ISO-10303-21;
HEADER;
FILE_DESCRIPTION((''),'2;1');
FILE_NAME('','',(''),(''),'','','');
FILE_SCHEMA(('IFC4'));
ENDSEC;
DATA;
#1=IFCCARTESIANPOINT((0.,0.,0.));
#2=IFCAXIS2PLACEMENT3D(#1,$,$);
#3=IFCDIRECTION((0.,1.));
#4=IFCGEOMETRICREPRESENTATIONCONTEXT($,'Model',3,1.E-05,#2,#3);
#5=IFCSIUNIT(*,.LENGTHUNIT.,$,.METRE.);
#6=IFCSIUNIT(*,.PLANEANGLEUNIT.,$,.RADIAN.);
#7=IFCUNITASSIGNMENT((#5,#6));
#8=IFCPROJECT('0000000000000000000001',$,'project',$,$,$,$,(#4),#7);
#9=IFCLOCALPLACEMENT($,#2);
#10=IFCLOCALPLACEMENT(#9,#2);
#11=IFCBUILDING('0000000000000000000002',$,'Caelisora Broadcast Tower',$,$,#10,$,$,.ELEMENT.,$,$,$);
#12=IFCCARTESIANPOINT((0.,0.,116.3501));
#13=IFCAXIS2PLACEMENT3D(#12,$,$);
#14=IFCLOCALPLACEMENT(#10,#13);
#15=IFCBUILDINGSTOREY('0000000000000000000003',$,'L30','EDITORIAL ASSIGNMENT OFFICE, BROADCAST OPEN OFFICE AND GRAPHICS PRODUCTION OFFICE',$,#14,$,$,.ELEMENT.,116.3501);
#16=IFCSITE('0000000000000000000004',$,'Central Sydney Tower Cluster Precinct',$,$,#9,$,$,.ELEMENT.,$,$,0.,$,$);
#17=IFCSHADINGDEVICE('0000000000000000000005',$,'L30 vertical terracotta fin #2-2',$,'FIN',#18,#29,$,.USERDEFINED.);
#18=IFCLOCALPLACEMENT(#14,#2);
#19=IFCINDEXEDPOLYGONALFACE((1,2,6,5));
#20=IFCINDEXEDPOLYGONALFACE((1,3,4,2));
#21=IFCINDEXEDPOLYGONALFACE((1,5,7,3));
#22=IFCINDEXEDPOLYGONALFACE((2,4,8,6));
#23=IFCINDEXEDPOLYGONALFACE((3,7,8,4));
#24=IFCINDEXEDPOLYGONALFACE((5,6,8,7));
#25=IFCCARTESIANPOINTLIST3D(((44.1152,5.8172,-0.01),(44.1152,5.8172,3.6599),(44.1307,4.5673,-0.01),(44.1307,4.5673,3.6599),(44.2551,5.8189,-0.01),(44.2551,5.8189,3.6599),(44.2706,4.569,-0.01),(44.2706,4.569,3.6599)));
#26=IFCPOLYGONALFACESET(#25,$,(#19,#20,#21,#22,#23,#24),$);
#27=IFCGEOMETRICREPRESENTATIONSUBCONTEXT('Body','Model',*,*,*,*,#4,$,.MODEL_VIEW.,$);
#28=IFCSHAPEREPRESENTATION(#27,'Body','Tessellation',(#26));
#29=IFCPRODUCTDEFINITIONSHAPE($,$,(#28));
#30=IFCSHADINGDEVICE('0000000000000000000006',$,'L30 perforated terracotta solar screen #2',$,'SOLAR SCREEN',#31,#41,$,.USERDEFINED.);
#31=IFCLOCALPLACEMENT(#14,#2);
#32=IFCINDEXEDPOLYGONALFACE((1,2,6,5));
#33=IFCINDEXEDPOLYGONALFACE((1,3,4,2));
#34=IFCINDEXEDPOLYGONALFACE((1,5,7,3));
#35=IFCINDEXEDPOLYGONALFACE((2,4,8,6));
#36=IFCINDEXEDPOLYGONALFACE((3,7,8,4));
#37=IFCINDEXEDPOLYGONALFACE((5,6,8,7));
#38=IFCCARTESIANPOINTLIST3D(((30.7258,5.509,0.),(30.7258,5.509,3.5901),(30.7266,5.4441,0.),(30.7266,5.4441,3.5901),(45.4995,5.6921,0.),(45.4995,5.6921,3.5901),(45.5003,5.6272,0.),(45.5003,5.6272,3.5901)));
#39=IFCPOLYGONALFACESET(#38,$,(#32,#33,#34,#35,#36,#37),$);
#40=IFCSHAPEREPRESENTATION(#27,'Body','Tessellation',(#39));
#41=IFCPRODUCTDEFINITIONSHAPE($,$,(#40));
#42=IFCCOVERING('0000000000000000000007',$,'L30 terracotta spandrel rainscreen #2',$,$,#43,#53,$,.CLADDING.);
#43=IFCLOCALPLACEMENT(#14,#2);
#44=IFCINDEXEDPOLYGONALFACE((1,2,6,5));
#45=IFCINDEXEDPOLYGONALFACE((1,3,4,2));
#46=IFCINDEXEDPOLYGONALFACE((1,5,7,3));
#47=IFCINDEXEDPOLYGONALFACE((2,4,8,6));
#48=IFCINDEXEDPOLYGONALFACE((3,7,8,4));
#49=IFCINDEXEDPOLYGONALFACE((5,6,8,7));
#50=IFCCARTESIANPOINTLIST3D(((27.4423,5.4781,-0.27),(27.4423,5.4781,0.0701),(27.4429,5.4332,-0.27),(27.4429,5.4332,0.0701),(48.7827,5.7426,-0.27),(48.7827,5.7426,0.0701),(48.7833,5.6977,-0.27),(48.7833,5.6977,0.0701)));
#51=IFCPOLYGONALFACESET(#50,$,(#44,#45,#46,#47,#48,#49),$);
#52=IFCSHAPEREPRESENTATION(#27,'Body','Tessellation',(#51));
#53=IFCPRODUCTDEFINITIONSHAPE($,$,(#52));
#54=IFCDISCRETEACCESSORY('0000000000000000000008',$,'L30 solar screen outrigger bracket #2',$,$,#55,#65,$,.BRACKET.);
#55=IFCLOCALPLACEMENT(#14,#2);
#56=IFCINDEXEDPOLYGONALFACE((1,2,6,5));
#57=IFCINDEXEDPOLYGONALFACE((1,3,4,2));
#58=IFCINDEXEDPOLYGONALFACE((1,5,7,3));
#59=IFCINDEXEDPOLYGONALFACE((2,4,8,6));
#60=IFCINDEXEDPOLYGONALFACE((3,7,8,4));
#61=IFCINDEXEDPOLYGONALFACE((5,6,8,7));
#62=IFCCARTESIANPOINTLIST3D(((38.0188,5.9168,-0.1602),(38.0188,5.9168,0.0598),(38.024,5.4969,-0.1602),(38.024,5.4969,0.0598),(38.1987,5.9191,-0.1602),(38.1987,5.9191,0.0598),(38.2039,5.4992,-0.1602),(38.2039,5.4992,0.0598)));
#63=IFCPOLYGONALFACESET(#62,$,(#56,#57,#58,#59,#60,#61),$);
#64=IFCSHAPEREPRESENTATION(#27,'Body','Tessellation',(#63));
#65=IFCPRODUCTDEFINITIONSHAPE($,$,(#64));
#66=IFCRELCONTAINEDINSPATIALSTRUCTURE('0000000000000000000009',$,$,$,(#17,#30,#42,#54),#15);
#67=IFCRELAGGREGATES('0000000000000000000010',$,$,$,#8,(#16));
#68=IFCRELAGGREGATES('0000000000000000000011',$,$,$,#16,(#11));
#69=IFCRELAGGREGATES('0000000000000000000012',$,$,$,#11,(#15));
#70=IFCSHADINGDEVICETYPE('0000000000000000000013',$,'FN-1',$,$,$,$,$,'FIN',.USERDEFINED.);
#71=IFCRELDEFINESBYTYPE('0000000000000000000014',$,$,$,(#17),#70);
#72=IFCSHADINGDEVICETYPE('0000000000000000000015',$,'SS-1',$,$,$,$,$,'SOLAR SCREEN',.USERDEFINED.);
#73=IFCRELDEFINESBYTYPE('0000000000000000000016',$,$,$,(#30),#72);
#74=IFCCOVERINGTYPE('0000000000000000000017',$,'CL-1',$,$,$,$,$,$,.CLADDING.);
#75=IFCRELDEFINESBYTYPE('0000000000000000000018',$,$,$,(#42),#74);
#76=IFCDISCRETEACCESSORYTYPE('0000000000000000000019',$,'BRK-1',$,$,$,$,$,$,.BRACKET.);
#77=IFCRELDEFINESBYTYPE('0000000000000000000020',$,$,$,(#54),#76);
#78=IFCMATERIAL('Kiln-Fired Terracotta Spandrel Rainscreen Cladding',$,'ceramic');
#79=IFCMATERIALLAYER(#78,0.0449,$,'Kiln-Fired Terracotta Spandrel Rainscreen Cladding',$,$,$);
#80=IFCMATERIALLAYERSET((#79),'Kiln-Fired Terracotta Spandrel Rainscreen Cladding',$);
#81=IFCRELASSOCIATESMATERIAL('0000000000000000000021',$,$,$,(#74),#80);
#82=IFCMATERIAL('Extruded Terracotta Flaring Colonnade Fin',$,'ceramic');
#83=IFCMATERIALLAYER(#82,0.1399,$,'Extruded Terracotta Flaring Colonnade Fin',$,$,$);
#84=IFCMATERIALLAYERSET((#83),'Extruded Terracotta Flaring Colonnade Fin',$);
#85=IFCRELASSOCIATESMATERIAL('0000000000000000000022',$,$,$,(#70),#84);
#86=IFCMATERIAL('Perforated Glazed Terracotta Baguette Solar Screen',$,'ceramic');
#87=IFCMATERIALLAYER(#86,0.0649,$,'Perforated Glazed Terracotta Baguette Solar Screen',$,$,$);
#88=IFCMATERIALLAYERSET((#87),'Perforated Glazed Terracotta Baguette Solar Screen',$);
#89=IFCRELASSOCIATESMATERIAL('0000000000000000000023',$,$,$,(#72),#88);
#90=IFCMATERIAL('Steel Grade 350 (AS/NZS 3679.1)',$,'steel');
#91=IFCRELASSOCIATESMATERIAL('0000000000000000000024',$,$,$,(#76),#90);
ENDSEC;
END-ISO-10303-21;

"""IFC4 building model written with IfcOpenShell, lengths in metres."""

from ifc_helpers import new_model, si_unit, direction, frame, origin, origin_2d, place, context, subcontext, project, spatial, rectangle, extrude, source, transform, mapped, material, layer, layer_set, type_object, type_shapes, element, save


model = new_model("IFC4")

# Units and contexts
model_context = context("Model", 3, precision=1e-05, world=origin(), true_north=direction((0.0, 1.0)))
body_context = subcontext(model_context, "Body", "Model", "MODEL_VIEW")
ifc_project = project(units=[si_unit("LENGTHUNIT", "METRE"), si_unit("PLANEANGLEUNIT", "RADIAN")], contexts=[model_context])

# Site, building, storey
site_placement = place(None, origin())
site = spatial("IfcSite", under=ifc_project, at=site_placement, Name="Central Sydney Tower Cluster Precinct", CompositionType="ELEMENT", RefElevation=0.0)
building_placement = place(site_placement, origin())
building = spatial("IfcBuilding", under=site, at=building_placement, Name="Caelisora Broadcast Tower", CompositionType="ELEMENT")
storey_placement = place(building_placement, frame((0.0, 0.0, 116.3501)))
storey = spatial("IfcBuildingStorey", under=building, at=storey_placement, Name="L30", Description="EDITORIAL ASSIGNMENT OFFICE, BROADCAST OPEN OFFICE AND GRAPHICS PRODUCTION OFFICE", CompositionType="ELEMENT", Elevation=116.3501)

# Shared definitions
ifc_material_1 = material(Name="Steel Grade 350 (AS/NZS 3679.1)", Category="steel")

# Shared definitions
ifc_material_2 = material(Name="Kiln-Fired Terracotta Spandrel Rainscreen Cladding", Category="ceramic")
ifc_layer_1 = layer(ifc_material_2, 0.0449, Name="Kiln-Fired Terracotta Spandrel Rainscreen Cladding")
ifc_layer_set_1 = layer_set([ifc_layer_1], Name="Kiln-Fired Terracotta Spandrel Rainscreen Cladding")
covering_type = type_object("IfcCoveringType", Name="CL-1", PredefinedType="CLADDING", material=ifc_layer_set_1)

# Shading devices
ifc_material_3 = material(Name="Extruded Terracotta Flaring Colonnade Fin", Category="ceramic")
ifc_layer_2 = layer(ifc_material_3, 0.1399, Name="Extruded Terracotta Flaring Colonnade Fin")
ifc_layer_set_2 = layer_set([ifc_layer_2], Name="Extruded Terracotta Flaring Colonnade Fin")
shading_device_type_1 = type_object("IfcShadingDeviceType", Name="FN-1", ElementType="FIN", PredefinedType="USERDEFINED", material=ifc_layer_set_2)
shared_shape_1 = source(origin(), body_context, "Body", "SweptSolid", [
    extrude(rectangle(XDim=0.1399, YDim=1.25, at=origin_2d()), origin(), (0.0, 0.0, 1.0), 3.6699),
])
type_shapes(shading_device_type_1, [shared_shape_1])
shading_device_1_placement = place(storey_placement, frame((44.1929, 5.1931, -0.01), z_axis=(0.0, 0.0, 1.0), x_axis=(-0.999923, -0.012392, 0.0)))
element("IfcShadingDevice", 1, at=shading_device_1_placement, inside=storey, type_object=shading_device_type_1, Name="L30 vertical terracotta fin #2-2", ObjectType="FIN", PredefinedType="USERDEFINED", context=body_context, shape_type="MappedRepresentation", body=[
    mapped(shared_shape_1, transform((0.0, 0.0, 0.0), scale=1.0)),
])
ifc_material_4 = material(Name="Perforated Glazed Terracotta Baguette Solar Screen", Category="ceramic")
ifc_layer_3 = layer(ifc_material_4, 0.0649, Name="Perforated Glazed Terracotta Baguette Solar Screen")
ifc_layer_set_3 = layer_set([ifc_layer_3], Name="Perforated Glazed Terracotta Baguette Solar Screen")
shading_device_type_2 = type_object("IfcShadingDeviceType", Name="SS-1", ElementType="SOLAR SCREEN", PredefinedType="USERDEFINED", material=ifc_layer_set_3)
shared_shape_2 = source(origin(), body_context, "Body", "SweptSolid", [
    extrude(rectangle(XDim=14.7749, YDim=0.0649, at=origin_2d()), origin(), (0.0, 0.0, 1.0), 3.5901),
])
type_shapes(shading_device_type_2, [shared_shape_2])
shading_device_2_placement = place(storey_placement, frame((38.113, 5.5681, 0.0), z_axis=(0.0, 0.0, 1.0), x_axis=(0.999923, 0.012392, 0.0)))
element("IfcShadingDevice", 2, at=shading_device_2_placement, inside=storey, type_object=shading_device_type_2, Name="L30 perforated terracotta solar screen #2", ObjectType="SOLAR SCREEN", PredefinedType="USERDEFINED", context=body_context, shape_type="MappedRepresentation", body=[
    mapped(shared_shape_2, transform((0.0, 0.0, 0.0), scale=1.0)),
])

# Covering
shared_shape_3 = source(origin(), body_context, "Body", "SweptSolid", [
    extrude(rectangle(XDim=21.342, YDim=0.0449, at=origin_2d()), origin(), (0.0, 0.0, 1.0), 0.3401),
])
covering_1_placement = place(storey_placement, frame((38.1128, 5.5879, -0.27), z_axis=(0.0, 0.0, 1.0), x_axis=(0.999923, 0.012392, 0.0)))
element("IfcCovering", 3, at=covering_1_placement, inside=storey, type_object=covering_type, Name="L30 terracotta spandrel rainscreen #2", PredefinedType="CLADDING", context=body_context, shape_type="MappedRepresentation", body=[
    mapped(shared_shape_3, transform((0.0, 0.0, 0.0), scale=1.0)),
])

# Discrete accessory
discrete_accessory_type = type_object("IfcDiscreteAccessoryType", Name="BRK-1", PredefinedType="BRACKET", material=ifc_material_1)
shared_shape_4 = source(origin(), body_context, "Body", "SweptSolid", [
    extrude(rectangle(XDim=0.1799, YDim=0.4199, at=origin_2d()), origin(), (0.0, 0.0, 1.0), 0.22),
])
type_shapes(discrete_accessory_type, [shared_shape_4])
discrete_accessory_placement = place(storey_placement, frame((38.1113, 5.708, -0.1602), z_axis=(0.0, 0.0, 1.0), x_axis=(0.999923, 0.012392, 0.0)))
element("IfcDiscreteAccessory", 4, at=discrete_accessory_placement, inside=storey, type_object=discrete_accessory_type, Name="L30 solar screen outrigger bracket #2", PredefinedType="BRACKET", context=body_context, shape_type="MappedRepresentation", body=[
    mapped(shared_shape_4, transform((0.0, 0.0, 0.0), scale=1.0)),
])

save(model, "model.ifc")
